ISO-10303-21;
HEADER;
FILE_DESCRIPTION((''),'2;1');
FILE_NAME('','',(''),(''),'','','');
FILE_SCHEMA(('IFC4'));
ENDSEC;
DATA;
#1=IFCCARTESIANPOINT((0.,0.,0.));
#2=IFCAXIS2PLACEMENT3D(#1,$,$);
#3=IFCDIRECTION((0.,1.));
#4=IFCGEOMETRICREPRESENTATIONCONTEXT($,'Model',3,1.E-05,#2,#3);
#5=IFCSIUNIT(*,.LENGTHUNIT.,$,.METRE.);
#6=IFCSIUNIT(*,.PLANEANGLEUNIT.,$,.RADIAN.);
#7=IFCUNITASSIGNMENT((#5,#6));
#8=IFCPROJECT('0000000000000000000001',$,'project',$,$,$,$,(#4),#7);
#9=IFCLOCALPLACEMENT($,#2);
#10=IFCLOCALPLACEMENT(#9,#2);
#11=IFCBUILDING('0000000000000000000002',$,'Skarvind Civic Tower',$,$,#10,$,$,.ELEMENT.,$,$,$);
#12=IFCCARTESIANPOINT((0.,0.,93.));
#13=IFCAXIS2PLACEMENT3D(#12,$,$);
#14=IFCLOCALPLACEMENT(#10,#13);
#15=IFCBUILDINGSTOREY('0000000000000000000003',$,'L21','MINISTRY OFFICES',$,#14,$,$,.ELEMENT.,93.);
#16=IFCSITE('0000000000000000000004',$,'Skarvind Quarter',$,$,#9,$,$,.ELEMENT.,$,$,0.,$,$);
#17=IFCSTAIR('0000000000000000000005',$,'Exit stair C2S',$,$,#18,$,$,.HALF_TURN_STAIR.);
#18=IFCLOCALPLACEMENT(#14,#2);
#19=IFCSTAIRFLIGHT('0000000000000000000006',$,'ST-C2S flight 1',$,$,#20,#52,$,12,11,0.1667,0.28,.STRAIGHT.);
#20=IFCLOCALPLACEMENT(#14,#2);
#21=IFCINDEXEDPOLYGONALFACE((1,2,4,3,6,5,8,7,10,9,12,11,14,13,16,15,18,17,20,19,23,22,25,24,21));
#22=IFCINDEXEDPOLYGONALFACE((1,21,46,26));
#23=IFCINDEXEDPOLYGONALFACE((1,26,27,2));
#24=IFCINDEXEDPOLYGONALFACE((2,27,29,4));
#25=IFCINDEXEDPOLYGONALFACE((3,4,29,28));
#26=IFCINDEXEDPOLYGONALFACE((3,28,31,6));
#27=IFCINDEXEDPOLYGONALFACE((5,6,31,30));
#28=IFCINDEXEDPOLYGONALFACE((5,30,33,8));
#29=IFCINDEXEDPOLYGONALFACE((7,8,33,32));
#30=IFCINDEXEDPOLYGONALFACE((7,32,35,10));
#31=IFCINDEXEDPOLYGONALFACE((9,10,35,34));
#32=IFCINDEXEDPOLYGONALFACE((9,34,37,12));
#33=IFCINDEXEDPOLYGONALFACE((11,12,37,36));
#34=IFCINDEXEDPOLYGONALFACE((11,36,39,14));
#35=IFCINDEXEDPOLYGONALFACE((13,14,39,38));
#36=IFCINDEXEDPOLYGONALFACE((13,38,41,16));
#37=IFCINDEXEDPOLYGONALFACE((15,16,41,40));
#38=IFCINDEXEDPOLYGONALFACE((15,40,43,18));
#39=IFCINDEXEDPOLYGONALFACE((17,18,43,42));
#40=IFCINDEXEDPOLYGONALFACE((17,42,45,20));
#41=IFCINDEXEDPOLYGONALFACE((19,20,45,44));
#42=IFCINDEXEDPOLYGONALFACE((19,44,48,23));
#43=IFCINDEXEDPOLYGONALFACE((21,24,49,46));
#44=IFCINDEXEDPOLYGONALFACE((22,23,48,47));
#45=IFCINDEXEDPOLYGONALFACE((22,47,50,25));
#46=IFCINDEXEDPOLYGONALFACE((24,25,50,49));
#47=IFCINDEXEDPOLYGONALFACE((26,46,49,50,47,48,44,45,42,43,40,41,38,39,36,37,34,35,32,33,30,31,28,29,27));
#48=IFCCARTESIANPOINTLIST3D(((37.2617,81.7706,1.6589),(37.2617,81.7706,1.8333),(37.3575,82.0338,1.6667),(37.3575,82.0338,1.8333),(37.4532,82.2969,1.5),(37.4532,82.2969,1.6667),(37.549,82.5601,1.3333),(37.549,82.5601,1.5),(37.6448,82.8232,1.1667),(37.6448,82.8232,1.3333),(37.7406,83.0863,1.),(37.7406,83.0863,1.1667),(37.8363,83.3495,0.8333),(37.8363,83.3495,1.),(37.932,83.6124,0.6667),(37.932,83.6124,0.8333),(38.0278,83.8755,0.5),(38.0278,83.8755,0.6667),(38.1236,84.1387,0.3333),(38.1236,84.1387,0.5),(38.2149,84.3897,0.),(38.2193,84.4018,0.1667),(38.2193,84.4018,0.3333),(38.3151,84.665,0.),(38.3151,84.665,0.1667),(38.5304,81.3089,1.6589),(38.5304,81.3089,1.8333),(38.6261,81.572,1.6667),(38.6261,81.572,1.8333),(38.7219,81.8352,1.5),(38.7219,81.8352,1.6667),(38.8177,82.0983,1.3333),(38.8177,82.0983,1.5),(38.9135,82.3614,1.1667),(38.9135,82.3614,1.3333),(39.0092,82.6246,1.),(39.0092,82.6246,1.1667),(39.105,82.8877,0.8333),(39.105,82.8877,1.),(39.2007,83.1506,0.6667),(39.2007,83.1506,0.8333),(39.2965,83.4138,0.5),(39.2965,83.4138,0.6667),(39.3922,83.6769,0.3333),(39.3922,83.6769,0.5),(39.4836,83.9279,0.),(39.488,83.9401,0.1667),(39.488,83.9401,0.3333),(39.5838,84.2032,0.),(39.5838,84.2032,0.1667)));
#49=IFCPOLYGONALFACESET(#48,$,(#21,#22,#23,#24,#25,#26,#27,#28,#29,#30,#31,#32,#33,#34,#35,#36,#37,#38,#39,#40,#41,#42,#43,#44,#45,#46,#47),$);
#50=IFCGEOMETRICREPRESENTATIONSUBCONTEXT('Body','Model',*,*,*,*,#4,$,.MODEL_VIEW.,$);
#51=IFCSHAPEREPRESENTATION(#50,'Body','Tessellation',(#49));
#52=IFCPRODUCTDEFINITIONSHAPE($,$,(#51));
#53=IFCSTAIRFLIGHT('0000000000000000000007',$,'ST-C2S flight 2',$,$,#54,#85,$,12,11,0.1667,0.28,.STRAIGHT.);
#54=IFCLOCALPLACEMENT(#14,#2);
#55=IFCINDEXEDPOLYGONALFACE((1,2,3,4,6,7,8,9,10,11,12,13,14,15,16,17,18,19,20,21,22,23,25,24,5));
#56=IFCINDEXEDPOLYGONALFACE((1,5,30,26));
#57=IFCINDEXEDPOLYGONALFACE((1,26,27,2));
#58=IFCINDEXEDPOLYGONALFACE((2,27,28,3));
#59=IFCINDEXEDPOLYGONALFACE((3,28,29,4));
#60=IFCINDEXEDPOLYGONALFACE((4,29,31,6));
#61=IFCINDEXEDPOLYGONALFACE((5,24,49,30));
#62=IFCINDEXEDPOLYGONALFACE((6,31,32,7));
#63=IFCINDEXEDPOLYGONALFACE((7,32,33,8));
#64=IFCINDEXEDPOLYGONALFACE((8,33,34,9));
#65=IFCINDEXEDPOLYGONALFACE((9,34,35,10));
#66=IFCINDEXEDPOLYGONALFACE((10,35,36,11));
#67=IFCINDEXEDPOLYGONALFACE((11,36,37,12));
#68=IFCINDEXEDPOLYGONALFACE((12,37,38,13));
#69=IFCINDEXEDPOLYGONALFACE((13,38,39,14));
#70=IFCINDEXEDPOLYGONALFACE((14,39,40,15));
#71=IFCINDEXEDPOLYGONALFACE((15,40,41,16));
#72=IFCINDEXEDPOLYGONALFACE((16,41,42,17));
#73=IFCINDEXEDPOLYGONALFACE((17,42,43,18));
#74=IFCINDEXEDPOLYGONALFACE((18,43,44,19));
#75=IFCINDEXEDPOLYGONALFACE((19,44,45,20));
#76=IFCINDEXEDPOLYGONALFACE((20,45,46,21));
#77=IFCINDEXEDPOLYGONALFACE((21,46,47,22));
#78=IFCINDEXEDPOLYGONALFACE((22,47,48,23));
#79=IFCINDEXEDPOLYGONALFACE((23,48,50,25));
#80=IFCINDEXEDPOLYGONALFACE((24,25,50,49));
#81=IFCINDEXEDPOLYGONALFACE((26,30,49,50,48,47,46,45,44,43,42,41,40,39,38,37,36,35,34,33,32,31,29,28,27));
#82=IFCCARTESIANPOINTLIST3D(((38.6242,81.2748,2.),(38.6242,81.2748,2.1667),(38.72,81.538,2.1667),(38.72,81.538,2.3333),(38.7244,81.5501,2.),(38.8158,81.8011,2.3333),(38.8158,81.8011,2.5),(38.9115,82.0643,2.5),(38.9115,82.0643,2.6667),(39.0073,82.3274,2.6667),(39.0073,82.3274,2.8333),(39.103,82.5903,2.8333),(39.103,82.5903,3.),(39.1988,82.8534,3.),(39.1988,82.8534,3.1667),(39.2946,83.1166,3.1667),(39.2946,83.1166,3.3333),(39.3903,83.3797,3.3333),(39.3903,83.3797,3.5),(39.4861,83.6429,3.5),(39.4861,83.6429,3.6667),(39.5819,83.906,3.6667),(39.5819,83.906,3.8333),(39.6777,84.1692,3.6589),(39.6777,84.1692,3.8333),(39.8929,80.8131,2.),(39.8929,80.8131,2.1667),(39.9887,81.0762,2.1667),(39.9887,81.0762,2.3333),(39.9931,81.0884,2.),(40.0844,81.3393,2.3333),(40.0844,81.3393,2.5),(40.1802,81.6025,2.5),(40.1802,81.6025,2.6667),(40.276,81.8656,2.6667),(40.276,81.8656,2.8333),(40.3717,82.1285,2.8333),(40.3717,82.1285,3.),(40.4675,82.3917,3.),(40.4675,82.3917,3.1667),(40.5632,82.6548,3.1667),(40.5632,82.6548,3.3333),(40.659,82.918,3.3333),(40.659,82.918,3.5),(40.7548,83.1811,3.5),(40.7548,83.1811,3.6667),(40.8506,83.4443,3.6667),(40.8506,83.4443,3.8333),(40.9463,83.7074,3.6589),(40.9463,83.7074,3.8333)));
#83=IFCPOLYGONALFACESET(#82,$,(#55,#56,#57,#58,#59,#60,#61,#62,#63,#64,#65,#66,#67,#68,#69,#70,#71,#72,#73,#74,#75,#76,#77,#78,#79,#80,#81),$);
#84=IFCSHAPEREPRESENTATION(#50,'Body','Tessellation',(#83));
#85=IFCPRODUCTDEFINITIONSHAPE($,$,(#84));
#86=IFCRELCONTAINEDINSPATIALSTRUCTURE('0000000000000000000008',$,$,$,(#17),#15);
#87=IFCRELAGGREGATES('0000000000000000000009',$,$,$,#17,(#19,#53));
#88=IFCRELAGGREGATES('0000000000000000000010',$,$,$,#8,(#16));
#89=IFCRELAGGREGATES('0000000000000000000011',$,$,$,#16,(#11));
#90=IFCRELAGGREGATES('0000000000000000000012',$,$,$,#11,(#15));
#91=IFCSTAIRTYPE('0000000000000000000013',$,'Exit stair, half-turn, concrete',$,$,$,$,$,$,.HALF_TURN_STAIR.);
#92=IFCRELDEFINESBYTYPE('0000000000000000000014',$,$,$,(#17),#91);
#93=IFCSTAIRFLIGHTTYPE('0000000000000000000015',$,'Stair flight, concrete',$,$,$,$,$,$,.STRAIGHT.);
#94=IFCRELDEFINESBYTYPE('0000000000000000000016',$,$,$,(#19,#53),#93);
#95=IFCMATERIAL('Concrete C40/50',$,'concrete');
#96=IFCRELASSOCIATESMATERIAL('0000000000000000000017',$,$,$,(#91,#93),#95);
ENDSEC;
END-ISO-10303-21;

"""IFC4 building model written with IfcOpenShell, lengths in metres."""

from ifc_helpers import new_model, si_unit, direction, frame, origin, place, context, subcontext, project, spatial, polyline, outline, extrude, material, type_object, element, aggregate, save


model = new_model("IFC4")

# Units and contexts
model_context = context("Model", 3, precision=1e-05, world=origin(), true_north=direction((0.0, 1.0)))
body_context = subcontext(model_context, "Body", "Model", "MODEL_VIEW")
ifc_project = project(units=[si_unit("LENGTHUNIT", "METRE"), si_unit("PLANEANGLEUNIT", "RADIAN")], contexts=[model_context])

# Site, building, storey
site_placement = place(None, origin())
site = spatial("IfcSite", under=ifc_project, at=site_placement, Name="Skarvind Quarter", CompositionType="ELEMENT", RefElevation=0.0)
building_placement = place(site_placement, origin())
building = spatial("IfcBuilding", under=site, at=building_placement, Name="Skarvind Civic Tower", CompositionType="ELEMENT")
storey_placement = place(building_placement, frame((0.0, 0.0, 93.0)))
storey = spatial("IfcBuildingStorey", under=building, at=storey_placement, Name="L21", Description="MINISTRY OFFICES", CompositionType="ELEMENT", Elevation=93.0)

# Shared definitions
ifc_material_1 = material(Name="Concrete C40/50", Category="concrete")

# Stair, stair flights
stair_type_1 = type_object("IfcStairType", Name="Exit stair, half-turn, concrete", PredefinedType="HALF_TURN_STAIR", material=ifc_material_1)
stair_1_placement = place(storey_placement, origin())
stair_1 = element("IfcStair", 1, at=stair_1_placement, inside=storey, type_object=stair_type_1, Name="Exit stair C2S", PredefinedType="HALF_TURN_STAIR")
stair_flight_type = type_object("IfcStairFlightType", Name="Stair flight, concrete", PredefinedType="STRAIGHT", material=ifc_material_1)
stair_flight_1_placement = place(storey_placement, frame((38.9495, 84.4341, 0.0), z_axis=(0.0, 0.0, 1.0), x_axis=(-0.34202, -0.939693, 0.0)))
stair_flight_1 = element("IfcStairFlight", 2, at=stair_flight_1_placement, type_object=stair_flight_type, Name="ST-C2S flight 1", NumberOfRisers=12, NumberOfTreads=11, PredefinedType="STRAIGHT", RiserHeight=0.1667, TreadLength=0.28, context=body_context, shape_type="SweptSolid", body=[
    extrude(outline(polyline([(0.0, 0.0), (0.0, 0.1667), (0.28, 0.1667), (0.28, 0.3333), (0.5601, 0.3333), (0.5601, 0.5), (0.8401, 0.5), (0.8401, 0.6667), (1.1201, 0.6667), (1.1201, 0.8333), (1.3999, 0.8333), (1.3999, 1.0), (1.6799, 1.0), (1.6799, 1.1667), (1.96, 1.1667), (1.96, 1.3333), (2.24, 1.3333), (2.24, 1.5), (2.52, 1.5), (2.52, 1.6667), (2.8, 1.6667), (2.8, 1.8333), (3.0801, 1.8333), (3.0801, 2.0), (3.0801, 1.6589), (0.293, 0.0), (0.0, 0.0)])), frame((0.0, 0.675, 0.0), z_axis=(0.0, -1.0, 0.0), x_axis=(1.0, 0.0, 0.0)), (0.0, 0.0, 1.0), 1.3501),
])
stair_flight_2_placement = place(storey_placement, frame((39.2585, 81.0439, 2.0), z_axis=(0.0, 0.0, 1.0), x_axis=(0.34202, 0.939693, 0.0)))
stair_flight_2 = element("IfcStairFlight", 3, at=stair_flight_2_placement, type_object=stair_flight_type, Name="ST-C2S flight 2", NumberOfRisers=12, NumberOfTreads=11, PredefinedType="STRAIGHT", RiserHeight=0.1667, TreadLength=0.28, context=body_context, shape_type="SweptSolid", body=[
    extrude(outline(polyline([(0.0, 0.0), (0.0, 0.1667), (0.28, 0.1667), (0.28, 0.3333), (0.5601, 0.3333), (0.5601, 0.5), (0.8401, 0.5), (0.8401, 0.6667), (1.1201, 0.6667), (1.1201, 0.8333), (1.3999, 0.8333), (1.3999, 1.0), (1.6799, 1.0), (1.6799, 1.1667), (1.96, 1.1667), (1.96, 1.3333), (2.24, 1.3333), (2.24, 1.5), (2.52, 1.5), (2.52, 1.6667), (2.8, 1.6667), (2.8, 1.8333), (3.0801, 1.8333), (3.0801, 2.0), (3.0801, 1.6589), (0.293, 0.0), (0.0, 0.0)])), frame((0.0, 0.675, 0.0), z_axis=(0.0, -1.0, 0.0), x_axis=(1.0, 0.0, 0.0)), (0.0, 0.0, 1.0), 1.3501),
])
aggregate(stair_1, [stair_flight_1, stair_flight_2])

save(model, "model.ifc")
